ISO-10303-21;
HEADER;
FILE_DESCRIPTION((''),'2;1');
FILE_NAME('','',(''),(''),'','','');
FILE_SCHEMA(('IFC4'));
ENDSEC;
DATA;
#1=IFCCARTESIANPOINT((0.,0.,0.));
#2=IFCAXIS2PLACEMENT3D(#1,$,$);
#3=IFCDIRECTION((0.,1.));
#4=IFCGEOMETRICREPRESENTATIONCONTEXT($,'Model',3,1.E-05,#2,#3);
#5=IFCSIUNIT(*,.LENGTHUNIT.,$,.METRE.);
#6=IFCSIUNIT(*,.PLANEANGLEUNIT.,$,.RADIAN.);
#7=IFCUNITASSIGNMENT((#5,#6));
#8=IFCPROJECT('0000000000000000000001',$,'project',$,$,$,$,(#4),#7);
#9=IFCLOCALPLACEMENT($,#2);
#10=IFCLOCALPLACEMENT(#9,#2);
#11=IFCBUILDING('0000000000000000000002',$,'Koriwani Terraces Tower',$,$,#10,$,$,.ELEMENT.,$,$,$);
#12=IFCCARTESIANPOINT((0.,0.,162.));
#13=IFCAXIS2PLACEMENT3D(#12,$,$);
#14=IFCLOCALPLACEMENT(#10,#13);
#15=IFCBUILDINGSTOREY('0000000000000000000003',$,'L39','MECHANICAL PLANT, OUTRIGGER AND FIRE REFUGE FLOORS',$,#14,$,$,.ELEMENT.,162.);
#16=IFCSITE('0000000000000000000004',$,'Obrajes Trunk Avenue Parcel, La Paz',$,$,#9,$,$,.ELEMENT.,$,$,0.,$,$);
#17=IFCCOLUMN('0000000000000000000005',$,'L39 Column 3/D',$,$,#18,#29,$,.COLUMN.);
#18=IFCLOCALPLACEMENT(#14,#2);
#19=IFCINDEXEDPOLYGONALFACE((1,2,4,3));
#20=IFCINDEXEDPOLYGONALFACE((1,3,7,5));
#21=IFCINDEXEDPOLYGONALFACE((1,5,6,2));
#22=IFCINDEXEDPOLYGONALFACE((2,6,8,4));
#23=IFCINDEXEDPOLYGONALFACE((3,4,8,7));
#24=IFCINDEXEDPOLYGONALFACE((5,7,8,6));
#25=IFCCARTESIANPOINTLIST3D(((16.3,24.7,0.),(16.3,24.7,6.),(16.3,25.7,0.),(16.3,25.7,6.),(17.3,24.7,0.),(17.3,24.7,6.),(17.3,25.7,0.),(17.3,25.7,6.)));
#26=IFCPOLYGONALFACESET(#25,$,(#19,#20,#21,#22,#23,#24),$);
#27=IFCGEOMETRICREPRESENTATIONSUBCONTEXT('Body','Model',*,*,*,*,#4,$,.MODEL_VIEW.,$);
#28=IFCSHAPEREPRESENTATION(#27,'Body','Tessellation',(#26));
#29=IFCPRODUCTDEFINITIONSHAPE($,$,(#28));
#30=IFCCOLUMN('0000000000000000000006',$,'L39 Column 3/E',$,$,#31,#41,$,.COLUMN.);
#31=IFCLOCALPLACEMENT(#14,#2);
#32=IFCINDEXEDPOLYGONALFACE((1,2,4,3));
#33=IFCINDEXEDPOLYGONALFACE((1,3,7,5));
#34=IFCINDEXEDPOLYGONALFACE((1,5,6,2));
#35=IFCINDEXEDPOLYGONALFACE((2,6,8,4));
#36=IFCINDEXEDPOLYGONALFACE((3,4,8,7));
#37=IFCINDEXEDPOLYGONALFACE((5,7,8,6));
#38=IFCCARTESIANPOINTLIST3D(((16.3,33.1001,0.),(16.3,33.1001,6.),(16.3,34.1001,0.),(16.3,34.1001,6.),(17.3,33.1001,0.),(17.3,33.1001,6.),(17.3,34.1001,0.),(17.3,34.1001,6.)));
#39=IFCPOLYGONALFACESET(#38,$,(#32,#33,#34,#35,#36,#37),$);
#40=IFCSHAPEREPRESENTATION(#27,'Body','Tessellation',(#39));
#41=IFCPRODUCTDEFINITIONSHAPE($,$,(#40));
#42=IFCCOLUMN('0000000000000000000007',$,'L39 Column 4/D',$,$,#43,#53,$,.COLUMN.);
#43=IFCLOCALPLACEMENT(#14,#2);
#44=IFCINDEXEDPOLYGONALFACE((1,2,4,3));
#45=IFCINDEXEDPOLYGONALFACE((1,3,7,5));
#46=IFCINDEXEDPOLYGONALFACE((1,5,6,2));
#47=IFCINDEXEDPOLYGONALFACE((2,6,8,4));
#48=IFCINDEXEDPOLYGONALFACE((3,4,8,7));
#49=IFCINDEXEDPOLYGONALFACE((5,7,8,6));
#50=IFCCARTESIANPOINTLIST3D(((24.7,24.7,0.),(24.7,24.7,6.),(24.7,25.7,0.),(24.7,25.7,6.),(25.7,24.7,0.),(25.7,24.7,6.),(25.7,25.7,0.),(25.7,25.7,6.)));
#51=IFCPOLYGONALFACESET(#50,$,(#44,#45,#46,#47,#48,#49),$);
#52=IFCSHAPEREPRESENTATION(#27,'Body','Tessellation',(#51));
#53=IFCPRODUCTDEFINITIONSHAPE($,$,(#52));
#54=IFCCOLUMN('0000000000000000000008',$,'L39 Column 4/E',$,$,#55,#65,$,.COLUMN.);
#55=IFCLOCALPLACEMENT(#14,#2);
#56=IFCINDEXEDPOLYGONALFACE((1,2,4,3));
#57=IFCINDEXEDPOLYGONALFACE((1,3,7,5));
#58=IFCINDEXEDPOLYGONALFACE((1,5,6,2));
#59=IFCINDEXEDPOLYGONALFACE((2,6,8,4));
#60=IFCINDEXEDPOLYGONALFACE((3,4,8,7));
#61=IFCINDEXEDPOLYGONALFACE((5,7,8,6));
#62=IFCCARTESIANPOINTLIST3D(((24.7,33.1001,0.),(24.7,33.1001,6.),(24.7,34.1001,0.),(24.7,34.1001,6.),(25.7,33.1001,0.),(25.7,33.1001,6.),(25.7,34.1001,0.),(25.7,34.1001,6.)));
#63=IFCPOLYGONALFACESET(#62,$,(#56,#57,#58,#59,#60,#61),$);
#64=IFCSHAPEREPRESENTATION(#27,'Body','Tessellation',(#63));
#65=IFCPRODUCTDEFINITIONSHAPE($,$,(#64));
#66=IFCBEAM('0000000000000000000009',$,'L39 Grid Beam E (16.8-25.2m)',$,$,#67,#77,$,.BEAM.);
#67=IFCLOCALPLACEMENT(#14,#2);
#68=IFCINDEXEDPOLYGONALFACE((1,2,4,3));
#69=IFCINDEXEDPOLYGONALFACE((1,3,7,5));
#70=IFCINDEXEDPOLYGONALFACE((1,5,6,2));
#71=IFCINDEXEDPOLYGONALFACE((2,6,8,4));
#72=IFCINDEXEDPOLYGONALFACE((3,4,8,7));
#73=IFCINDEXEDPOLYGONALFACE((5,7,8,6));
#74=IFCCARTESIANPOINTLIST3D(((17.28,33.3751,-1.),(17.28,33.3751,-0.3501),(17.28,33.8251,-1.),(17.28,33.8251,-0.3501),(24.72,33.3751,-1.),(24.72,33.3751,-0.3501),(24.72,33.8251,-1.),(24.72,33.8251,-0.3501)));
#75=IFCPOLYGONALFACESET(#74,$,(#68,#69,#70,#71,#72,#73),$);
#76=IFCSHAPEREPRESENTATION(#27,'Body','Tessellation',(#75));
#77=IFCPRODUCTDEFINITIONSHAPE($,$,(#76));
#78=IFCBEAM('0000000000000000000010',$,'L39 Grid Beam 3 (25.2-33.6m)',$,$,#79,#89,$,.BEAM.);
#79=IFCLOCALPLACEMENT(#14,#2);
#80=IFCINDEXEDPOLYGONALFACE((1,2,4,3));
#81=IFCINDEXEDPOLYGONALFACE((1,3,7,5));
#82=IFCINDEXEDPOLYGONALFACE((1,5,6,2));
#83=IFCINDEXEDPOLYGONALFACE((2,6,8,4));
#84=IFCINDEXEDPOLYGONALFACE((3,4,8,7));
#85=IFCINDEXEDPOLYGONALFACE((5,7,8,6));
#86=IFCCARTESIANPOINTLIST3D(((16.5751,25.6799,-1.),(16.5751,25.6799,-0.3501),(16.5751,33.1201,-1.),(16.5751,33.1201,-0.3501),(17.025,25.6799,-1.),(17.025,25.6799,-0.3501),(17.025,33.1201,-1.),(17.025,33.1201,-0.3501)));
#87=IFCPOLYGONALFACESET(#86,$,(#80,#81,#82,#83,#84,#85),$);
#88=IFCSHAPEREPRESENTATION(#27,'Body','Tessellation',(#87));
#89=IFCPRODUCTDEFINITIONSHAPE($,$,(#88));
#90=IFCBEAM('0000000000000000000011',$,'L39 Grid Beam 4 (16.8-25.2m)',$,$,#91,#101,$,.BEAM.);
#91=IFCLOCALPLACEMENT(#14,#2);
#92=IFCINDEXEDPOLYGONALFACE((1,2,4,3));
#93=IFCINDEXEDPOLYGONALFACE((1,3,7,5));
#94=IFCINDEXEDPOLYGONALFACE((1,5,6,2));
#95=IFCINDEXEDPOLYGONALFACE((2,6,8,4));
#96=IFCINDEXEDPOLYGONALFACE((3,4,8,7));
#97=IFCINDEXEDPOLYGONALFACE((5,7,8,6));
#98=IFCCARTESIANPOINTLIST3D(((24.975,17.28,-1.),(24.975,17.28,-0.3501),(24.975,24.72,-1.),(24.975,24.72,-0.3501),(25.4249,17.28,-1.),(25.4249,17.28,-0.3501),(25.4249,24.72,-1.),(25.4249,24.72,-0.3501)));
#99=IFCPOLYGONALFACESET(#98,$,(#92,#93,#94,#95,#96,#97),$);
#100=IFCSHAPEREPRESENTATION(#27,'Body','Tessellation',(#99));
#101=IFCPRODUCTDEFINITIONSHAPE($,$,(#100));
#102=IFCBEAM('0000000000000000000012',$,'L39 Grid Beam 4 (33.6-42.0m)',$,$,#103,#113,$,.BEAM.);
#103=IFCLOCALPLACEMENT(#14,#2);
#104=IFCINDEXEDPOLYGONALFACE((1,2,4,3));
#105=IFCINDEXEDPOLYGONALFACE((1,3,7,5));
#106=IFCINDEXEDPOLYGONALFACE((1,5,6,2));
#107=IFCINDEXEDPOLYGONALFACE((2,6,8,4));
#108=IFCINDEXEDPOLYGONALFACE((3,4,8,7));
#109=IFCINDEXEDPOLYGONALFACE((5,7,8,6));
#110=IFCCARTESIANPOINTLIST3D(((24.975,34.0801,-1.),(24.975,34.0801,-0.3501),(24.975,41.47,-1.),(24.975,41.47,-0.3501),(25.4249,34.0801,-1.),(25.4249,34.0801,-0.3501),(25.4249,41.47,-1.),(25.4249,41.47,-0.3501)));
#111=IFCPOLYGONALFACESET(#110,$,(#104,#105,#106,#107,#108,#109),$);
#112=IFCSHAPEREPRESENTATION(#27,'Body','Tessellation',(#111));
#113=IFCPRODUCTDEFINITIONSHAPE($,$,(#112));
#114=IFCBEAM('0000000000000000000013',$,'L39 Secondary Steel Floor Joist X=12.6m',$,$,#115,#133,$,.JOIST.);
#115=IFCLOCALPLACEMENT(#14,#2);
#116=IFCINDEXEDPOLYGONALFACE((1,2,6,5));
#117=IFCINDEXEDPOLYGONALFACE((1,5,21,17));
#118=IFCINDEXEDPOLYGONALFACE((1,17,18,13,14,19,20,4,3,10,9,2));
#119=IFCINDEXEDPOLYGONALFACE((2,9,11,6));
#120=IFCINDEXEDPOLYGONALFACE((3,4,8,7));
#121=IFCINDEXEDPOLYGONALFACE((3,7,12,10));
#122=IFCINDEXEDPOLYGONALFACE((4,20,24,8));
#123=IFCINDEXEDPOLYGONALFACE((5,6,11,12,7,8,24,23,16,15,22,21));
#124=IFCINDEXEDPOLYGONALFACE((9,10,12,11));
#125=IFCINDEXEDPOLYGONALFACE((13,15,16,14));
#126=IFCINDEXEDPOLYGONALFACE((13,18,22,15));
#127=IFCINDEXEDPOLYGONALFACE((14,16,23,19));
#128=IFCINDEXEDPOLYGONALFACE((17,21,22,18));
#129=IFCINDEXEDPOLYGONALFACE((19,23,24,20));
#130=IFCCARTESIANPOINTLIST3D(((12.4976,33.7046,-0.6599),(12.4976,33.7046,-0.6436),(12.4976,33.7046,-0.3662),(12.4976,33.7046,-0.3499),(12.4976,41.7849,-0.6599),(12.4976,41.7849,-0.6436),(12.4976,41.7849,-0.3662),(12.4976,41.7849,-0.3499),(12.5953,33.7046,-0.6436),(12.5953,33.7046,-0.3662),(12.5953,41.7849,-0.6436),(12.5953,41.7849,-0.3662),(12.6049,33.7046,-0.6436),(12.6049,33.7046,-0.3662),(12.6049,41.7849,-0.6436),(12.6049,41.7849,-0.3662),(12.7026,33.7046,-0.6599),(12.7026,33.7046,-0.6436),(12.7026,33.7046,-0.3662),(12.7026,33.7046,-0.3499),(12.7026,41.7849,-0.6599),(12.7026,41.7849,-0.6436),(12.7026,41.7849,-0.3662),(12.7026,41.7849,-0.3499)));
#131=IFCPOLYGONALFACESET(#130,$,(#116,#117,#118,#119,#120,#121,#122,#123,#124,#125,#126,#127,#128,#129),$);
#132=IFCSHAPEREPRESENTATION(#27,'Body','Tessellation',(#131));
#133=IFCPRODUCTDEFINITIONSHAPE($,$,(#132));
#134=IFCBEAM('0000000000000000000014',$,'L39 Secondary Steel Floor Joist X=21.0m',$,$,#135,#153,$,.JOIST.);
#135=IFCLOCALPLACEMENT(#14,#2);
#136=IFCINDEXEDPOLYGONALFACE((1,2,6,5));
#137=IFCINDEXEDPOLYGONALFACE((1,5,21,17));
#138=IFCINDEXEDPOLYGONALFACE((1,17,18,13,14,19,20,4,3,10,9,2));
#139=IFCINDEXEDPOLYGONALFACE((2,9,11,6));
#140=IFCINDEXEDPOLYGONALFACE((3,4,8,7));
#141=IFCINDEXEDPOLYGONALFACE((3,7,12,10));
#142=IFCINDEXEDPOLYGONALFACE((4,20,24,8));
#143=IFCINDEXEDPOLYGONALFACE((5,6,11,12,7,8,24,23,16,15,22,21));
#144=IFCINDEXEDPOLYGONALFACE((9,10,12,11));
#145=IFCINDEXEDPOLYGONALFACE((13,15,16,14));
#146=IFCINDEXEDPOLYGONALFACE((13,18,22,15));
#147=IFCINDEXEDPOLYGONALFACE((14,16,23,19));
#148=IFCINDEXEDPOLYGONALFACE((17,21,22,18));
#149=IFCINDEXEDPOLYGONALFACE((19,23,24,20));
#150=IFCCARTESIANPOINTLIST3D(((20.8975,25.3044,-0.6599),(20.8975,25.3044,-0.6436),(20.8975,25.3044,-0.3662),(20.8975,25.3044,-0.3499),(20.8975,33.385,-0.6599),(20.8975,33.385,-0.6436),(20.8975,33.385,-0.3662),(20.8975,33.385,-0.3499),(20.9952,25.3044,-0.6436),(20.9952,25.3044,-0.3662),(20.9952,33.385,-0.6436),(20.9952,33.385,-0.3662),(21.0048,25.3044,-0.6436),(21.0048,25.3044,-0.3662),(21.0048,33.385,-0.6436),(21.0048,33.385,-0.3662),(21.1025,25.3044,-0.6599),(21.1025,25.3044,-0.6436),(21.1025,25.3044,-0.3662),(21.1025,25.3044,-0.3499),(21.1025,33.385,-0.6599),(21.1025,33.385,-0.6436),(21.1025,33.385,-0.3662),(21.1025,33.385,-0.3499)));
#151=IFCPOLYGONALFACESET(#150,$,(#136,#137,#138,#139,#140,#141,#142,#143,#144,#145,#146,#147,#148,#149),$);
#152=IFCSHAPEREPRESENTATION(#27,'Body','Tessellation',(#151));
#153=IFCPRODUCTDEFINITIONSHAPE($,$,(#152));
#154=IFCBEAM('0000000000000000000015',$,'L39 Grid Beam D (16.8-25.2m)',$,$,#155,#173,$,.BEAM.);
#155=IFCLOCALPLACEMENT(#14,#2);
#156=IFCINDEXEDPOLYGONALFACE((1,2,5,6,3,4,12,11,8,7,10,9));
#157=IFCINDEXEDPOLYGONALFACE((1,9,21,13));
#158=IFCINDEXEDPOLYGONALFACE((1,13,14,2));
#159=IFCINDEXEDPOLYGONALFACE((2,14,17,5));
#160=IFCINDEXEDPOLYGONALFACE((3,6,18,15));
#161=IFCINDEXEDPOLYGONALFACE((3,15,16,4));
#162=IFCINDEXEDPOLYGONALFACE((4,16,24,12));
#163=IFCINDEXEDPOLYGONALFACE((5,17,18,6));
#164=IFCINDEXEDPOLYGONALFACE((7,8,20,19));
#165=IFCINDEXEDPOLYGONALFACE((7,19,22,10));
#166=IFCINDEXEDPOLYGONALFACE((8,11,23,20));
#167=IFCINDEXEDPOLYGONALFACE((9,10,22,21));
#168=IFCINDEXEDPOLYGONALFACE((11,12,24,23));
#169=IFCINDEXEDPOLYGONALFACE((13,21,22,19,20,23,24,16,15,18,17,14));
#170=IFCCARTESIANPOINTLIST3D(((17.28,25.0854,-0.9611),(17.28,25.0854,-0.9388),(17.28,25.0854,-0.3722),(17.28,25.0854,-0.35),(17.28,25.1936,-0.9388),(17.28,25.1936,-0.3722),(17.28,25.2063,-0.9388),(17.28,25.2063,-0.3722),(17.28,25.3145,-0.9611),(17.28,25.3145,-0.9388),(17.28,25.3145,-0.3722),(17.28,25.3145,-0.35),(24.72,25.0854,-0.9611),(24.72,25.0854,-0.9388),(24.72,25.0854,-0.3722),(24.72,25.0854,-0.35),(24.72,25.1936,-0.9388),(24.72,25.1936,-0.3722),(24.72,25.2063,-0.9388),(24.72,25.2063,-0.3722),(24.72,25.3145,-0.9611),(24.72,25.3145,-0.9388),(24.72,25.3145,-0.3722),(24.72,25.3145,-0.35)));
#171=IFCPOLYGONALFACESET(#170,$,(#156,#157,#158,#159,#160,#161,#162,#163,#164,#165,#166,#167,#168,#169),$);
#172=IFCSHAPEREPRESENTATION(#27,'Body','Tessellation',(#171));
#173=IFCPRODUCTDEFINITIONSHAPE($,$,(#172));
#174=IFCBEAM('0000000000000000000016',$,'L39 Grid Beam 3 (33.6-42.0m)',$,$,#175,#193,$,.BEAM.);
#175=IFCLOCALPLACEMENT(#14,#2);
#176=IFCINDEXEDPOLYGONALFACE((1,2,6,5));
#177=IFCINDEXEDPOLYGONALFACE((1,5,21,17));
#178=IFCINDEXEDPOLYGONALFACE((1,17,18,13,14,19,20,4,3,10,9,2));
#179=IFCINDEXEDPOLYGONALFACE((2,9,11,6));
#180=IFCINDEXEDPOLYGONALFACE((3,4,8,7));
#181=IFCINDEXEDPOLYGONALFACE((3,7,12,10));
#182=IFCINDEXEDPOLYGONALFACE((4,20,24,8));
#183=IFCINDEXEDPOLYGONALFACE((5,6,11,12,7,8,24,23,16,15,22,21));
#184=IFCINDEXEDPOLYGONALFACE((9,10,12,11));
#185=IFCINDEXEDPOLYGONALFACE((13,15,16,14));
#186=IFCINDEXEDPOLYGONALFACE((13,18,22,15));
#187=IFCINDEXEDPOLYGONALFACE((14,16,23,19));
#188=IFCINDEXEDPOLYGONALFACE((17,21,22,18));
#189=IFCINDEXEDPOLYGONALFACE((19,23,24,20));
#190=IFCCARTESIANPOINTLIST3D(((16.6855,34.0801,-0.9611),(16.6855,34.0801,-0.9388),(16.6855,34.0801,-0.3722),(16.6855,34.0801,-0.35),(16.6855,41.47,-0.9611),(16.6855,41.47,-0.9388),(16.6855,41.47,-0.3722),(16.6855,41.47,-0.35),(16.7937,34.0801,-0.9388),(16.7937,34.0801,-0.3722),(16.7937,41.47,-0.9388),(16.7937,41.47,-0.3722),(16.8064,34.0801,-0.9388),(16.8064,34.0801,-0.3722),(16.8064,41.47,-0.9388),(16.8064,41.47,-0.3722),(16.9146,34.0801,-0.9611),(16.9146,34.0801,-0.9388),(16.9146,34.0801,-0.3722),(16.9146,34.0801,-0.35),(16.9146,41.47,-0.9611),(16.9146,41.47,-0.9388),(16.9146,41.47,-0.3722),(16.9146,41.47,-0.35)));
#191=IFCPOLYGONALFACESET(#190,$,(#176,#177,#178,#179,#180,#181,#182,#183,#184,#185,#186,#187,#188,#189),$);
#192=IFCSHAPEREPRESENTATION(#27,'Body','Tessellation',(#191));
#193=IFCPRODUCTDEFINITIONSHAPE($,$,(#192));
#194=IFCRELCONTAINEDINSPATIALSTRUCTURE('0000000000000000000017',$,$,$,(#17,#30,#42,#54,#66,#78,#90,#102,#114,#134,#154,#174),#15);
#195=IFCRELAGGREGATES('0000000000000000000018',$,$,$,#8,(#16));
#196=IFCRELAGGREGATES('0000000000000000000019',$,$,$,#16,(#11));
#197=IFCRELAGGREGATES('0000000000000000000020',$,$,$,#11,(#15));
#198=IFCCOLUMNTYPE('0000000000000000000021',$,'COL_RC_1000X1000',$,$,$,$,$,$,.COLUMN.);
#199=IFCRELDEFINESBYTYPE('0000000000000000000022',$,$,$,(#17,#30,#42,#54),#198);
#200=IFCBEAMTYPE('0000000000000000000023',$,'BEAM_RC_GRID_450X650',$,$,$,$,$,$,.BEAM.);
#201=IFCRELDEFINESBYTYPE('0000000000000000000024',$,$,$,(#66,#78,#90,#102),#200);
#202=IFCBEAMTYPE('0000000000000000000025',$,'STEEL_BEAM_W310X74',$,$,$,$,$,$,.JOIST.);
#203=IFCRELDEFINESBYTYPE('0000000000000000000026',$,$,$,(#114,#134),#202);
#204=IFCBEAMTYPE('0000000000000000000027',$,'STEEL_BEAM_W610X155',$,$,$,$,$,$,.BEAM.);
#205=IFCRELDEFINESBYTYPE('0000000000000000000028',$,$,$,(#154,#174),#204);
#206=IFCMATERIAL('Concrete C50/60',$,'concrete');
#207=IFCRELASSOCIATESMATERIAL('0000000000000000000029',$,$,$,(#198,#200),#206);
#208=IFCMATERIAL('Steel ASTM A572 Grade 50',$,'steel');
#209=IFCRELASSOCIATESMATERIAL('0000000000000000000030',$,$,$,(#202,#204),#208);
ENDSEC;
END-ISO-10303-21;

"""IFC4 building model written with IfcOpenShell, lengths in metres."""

from ifc_helpers import new_model, si_unit, direction, frame, origin, origin_2d, place, context, subcontext, project, spatial, rectangle, i_section, extrude, material, material_profile, profile_set, type_object, element, save


model = new_model("IFC4")

# Units and contexts
model_context = context("Model", 3, precision=1e-05, world=origin(), true_north=direction((0.0, 1.0)))
body_context = subcontext(model_context, "Body", "Model", "MODEL_VIEW")
ifc_project = project(units=[si_unit("LENGTHUNIT", "METRE"), si_unit("PLANEANGLEUNIT", "RADIAN")], contexts=[model_context])

# Site, building, storey
site_placement = place(None, origin())
site = spatial("IfcSite", under=ifc_project, at=site_placement, Name="Obrajes Trunk Avenue Parcel, La Paz", CompositionType="ELEMENT", RefElevation=0.0)
building_placement = place(site_placement, origin())
building = spatial("IfcBuilding", under=site, at=building_placement, Name="Koriwani Terraces Tower", CompositionType="ELEMENT")
storey_placement = place(building_placement, frame((0.0, 0.0, 162.0)))
storey = spatial("IfcBuildingStorey", under=building, at=storey_placement, Name="L39", Description="MECHANICAL PLANT, OUTRIGGER AND FIRE REFUGE FLOORS", CompositionType="ELEMENT", Elevation=162.0)

# Columns
ifc_material_1 = material(Name="Concrete C50/60", Category="concrete")
ifc_material_profile_1 = material_profile(ifc_material_1, rectangle(XDim=1.0, YDim=1.0, at=origin_2d()), Name="Concrete C50/60", Category="LoadBearing")
ifc_profile_set_1 = profile_set([ifc_material_profile_1], Name="Concrete C50/60")
column_type = type_object("IfcColumnType", Name="COL_RC_1000X1000", PredefinedType="COLUMN", material=ifc_profile_set_1)
for number, where, z_axis, x_axis, name in (
    (1, (16.8, 25.2, 0.0), (0.0, 0.0, 1.0), (1.0, 0.0, 0.0), "L39 Column 3/D"),
    (2, (16.8, 33.6001, 0.0), (0.0, 0.0, 1.0), (1.0, 0.0, 0.0), "L39 Column 3/E"),
    (3, (25.2, 25.2, 0.0), (0.0, 0.0, 1.0), (1.0, 0.0, 0.0), "L39 Column 4/D"),
    (4, (25.2, 33.6001, 0.0), (0.0, 0.0, 1.0), (1.0, 0.0, 0.0), "L39 Column 4/E"),
):
    element("IfcColumn", number, at=place(storey_placement, frame(where, z_axis=z_axis, x_axis=x_axis)), inside=storey, type_object=column_type, Name=name, PredefinedType="COLUMN", context=body_context, shape_type="SweptSolid", body=[
        extrude(rectangle(XDim=1.0, YDim=1.0, at=origin_2d()), origin(), (0.0, 0.0, 1.0), 6.0),
    ])

# Beams
ifc_material_profile_2 = material_profile(ifc_material_1, rectangle(XDim=0.45, YDim=0.6499, at=origin_2d()), Name="Concrete C50/60", Category="LoadBearing")
ifc_profile_set_2 = profile_set([ifc_material_profile_2], Name="Concrete C50/60")
beam_type_1 = type_object("IfcBeamType", Name="BEAM_RC_GRID_450X650", PredefinedType="BEAM", material=ifc_profile_set_2)
beam_1_placement = place(storey_placement, frame((17.28, 33.6001, -0.675), z_axis=(1.0, 0.0, 0.0), x_axis=(0.0, 1.0, 0.0)))
element("IfcBeam", 5, at=beam_1_placement, inside=storey, type_object=beam_type_1, Name="L39 Grid Beam E (16.8-25.2m)", PredefinedType="BEAM", context=body_context, shape_type="SweptSolid", body=[
    extrude(rectangle(XDim=0.45, YDim=0.6499, at=origin_2d()), origin(), (0.0, 0.0, 1.0), 7.4399),
])
beam_2_placement = place(storey_placement, frame((16.8, 25.6799, -0.675), z_axis=(0.0, 1.0, 0.0), x_axis=(-1.0, 0.0, 0.0)))
element("IfcBeam", 6, at=beam_2_placement, inside=storey, type_object=beam_type_1, Name="L39 Grid Beam 3 (25.2-33.6m)", PredefinedType="BEAM", context=body_context, shape_type="SweptSolid", body=[
    extrude(rectangle(XDim=0.45, YDim=0.6499, at=origin_2d()), origin(), (0.0, 0.0, 1.0), 7.4402),
])
beam_3_placement = place(storey_placement, frame((25.2, 17.28, -0.675), z_axis=(0.0, 1.0, 0.0), x_axis=(-1.0, 0.0, 0.0)))
element("IfcBeam", 7, at=beam_3_placement, inside=storey, type_object=beam_type_1, Name="L39 Grid Beam 4 (16.8-25.2m)", PredefinedType="BEAM", context=body_context, shape_type="SweptSolid", body=[
    extrude(rectangle(XDim=0.45, YDim=0.6499, at=origin_2d()), origin(), (0.0, 0.0, 1.0), 7.4399),
])
beam_4_placement = place(storey_placement, frame((25.2, 34.0801, -0.675), z_axis=(0.0, 1.0, 0.0), x_axis=(-1.0, 0.0, 0.0)))
element("IfcBeam", 8, at=beam_4_placement, inside=storey, type_object=beam_type_1, Name="L39 Grid Beam 4 (33.6-42.0m)", PredefinedType="BEAM", context=body_context, shape_type="SweptSolid", body=[
    extrude(rectangle(XDim=0.45, YDim=0.6499, at=origin_2d()), origin(), (0.0, 0.0, 1.0), 7.3899),
])
ifc_material_2 = material(Name="Steel ASTM A572 Grade 50", Category="steel")
ifc_material_profile_3 = material_profile(ifc_material_2, i_section(OverallWidth=0.2051, OverallDepth=0.3101, WebThickness=0.0095, FlangeThickness=0.0164, at=origin_2d()), Name="Steel ASTM A572 Grade 50", Category="LoadBearing")
ifc_profile_set_3 = profile_set([ifc_material_profile_3], Name="Steel ASTM A572 Grade 50")
beam_type_2 = type_object("IfcBeamType", Name="STEEL_BEAM_W310X74", PredefinedType="JOIST", material=ifc_profile_set_3)
beam_5_placement = place(storey_placement, frame((12.6001, 33.7046, -0.5049), z_axis=(0.0, 1.0, 0.0), x_axis=(-1.0, 0.0, 0.0)))
element("IfcBeam", 9, at=beam_5_placement, inside=storey, type_object=beam_type_2, Name="L39 Secondary Steel Floor Joist X=12.6m", PredefinedType="JOIST", context=body_context, shape_type="SweptSolid", body=[
    extrude(i_section(OverallWidth=0.2051, OverallDepth=0.3101, WebThickness=0.0095, FlangeThickness=0.0164, at=origin_2d()), origin(), (0.0, 0.0, 1.0), 8.0803),
])
beam_6_placement = place(storey_placement, frame((21.0, 25.3044, -0.5049), z_axis=(0.0, 1.0, 0.0), x_axis=(-1.0, 0.0, 0.0)))
element("IfcBeam", 10, at=beam_6_placement, inside=storey, type_object=beam_type_2, Name="L39 Secondary Steel Floor Joist X=21.0m", PredefinedType="JOIST", context=body_context, shape_type="SweptSolid", body=[
    extrude(i_section(OverallWidth=0.2051, OverallDepth=0.3101, WebThickness=0.0095, FlangeThickness=0.0164, at=origin_2d()), origin(), (0.0, 0.0, 1.0), 8.0806),
])
ifc_material_profile_4 = material_profile(ifc_material_2, i_section(OverallWidth=0.229, OverallDepth=0.6111, WebThickness=0.0127, FlangeThickness=0.0222, at=origin_2d()), Name="Steel ASTM A572 Grade 50", Category="LoadBearing")
ifc_profile_set_4 = profile_set([ifc_material_profile_4], Name="Steel ASTM A572 Grade 50")
beam_type_3 = type_object("IfcBeamType", Name="STEEL_BEAM_W610X155", PredefinedType="BEAM", material=ifc_profile_set_4)
beam_7_placement = place(storey_placement, frame((17.28, 25.2, -0.6555), z_axis=(1.0, 0.0, 0.0), x_axis=(0.0, 1.0, 0.0)))
element("IfcBeam", 11, at=beam_7_placement, inside=storey, type_object=beam_type_3, Name="L39 Grid Beam D (16.8-25.2m)", PredefinedType="BEAM", context=body_context, shape_type="SweptSolid", body=[
    extrude(i_section(OverallWidth=0.229, OverallDepth=0.6111, WebThickness=0.0127, FlangeThickness=0.0222, at=origin_2d()), origin(), (0.0, 0.0, 1.0), 7.4399),
])
beam_8_placement = place(storey_placement, frame((16.8, 34.0801, -0.6555), z_axis=(0.0, 1.0, 0.0), x_axis=(-1.0, 0.0, 0.0)))
element("IfcBeam", 12, at=beam_8_placement, inside=storey, type_object=beam_type_3, Name="L39 Grid Beam 3 (33.6-42.0m)", PredefinedType="BEAM", context=body_context, shape_type="SweptSolid", body=[
    extrude(i_section(OverallWidth=0.229, OverallDepth=0.6111, WebThickness=0.0127, FlangeThickness=0.0222, at=origin_2d()), origin(), (0.0, 0.0, 1.0), 7.3899),
])

save(model, "model.ifc")
